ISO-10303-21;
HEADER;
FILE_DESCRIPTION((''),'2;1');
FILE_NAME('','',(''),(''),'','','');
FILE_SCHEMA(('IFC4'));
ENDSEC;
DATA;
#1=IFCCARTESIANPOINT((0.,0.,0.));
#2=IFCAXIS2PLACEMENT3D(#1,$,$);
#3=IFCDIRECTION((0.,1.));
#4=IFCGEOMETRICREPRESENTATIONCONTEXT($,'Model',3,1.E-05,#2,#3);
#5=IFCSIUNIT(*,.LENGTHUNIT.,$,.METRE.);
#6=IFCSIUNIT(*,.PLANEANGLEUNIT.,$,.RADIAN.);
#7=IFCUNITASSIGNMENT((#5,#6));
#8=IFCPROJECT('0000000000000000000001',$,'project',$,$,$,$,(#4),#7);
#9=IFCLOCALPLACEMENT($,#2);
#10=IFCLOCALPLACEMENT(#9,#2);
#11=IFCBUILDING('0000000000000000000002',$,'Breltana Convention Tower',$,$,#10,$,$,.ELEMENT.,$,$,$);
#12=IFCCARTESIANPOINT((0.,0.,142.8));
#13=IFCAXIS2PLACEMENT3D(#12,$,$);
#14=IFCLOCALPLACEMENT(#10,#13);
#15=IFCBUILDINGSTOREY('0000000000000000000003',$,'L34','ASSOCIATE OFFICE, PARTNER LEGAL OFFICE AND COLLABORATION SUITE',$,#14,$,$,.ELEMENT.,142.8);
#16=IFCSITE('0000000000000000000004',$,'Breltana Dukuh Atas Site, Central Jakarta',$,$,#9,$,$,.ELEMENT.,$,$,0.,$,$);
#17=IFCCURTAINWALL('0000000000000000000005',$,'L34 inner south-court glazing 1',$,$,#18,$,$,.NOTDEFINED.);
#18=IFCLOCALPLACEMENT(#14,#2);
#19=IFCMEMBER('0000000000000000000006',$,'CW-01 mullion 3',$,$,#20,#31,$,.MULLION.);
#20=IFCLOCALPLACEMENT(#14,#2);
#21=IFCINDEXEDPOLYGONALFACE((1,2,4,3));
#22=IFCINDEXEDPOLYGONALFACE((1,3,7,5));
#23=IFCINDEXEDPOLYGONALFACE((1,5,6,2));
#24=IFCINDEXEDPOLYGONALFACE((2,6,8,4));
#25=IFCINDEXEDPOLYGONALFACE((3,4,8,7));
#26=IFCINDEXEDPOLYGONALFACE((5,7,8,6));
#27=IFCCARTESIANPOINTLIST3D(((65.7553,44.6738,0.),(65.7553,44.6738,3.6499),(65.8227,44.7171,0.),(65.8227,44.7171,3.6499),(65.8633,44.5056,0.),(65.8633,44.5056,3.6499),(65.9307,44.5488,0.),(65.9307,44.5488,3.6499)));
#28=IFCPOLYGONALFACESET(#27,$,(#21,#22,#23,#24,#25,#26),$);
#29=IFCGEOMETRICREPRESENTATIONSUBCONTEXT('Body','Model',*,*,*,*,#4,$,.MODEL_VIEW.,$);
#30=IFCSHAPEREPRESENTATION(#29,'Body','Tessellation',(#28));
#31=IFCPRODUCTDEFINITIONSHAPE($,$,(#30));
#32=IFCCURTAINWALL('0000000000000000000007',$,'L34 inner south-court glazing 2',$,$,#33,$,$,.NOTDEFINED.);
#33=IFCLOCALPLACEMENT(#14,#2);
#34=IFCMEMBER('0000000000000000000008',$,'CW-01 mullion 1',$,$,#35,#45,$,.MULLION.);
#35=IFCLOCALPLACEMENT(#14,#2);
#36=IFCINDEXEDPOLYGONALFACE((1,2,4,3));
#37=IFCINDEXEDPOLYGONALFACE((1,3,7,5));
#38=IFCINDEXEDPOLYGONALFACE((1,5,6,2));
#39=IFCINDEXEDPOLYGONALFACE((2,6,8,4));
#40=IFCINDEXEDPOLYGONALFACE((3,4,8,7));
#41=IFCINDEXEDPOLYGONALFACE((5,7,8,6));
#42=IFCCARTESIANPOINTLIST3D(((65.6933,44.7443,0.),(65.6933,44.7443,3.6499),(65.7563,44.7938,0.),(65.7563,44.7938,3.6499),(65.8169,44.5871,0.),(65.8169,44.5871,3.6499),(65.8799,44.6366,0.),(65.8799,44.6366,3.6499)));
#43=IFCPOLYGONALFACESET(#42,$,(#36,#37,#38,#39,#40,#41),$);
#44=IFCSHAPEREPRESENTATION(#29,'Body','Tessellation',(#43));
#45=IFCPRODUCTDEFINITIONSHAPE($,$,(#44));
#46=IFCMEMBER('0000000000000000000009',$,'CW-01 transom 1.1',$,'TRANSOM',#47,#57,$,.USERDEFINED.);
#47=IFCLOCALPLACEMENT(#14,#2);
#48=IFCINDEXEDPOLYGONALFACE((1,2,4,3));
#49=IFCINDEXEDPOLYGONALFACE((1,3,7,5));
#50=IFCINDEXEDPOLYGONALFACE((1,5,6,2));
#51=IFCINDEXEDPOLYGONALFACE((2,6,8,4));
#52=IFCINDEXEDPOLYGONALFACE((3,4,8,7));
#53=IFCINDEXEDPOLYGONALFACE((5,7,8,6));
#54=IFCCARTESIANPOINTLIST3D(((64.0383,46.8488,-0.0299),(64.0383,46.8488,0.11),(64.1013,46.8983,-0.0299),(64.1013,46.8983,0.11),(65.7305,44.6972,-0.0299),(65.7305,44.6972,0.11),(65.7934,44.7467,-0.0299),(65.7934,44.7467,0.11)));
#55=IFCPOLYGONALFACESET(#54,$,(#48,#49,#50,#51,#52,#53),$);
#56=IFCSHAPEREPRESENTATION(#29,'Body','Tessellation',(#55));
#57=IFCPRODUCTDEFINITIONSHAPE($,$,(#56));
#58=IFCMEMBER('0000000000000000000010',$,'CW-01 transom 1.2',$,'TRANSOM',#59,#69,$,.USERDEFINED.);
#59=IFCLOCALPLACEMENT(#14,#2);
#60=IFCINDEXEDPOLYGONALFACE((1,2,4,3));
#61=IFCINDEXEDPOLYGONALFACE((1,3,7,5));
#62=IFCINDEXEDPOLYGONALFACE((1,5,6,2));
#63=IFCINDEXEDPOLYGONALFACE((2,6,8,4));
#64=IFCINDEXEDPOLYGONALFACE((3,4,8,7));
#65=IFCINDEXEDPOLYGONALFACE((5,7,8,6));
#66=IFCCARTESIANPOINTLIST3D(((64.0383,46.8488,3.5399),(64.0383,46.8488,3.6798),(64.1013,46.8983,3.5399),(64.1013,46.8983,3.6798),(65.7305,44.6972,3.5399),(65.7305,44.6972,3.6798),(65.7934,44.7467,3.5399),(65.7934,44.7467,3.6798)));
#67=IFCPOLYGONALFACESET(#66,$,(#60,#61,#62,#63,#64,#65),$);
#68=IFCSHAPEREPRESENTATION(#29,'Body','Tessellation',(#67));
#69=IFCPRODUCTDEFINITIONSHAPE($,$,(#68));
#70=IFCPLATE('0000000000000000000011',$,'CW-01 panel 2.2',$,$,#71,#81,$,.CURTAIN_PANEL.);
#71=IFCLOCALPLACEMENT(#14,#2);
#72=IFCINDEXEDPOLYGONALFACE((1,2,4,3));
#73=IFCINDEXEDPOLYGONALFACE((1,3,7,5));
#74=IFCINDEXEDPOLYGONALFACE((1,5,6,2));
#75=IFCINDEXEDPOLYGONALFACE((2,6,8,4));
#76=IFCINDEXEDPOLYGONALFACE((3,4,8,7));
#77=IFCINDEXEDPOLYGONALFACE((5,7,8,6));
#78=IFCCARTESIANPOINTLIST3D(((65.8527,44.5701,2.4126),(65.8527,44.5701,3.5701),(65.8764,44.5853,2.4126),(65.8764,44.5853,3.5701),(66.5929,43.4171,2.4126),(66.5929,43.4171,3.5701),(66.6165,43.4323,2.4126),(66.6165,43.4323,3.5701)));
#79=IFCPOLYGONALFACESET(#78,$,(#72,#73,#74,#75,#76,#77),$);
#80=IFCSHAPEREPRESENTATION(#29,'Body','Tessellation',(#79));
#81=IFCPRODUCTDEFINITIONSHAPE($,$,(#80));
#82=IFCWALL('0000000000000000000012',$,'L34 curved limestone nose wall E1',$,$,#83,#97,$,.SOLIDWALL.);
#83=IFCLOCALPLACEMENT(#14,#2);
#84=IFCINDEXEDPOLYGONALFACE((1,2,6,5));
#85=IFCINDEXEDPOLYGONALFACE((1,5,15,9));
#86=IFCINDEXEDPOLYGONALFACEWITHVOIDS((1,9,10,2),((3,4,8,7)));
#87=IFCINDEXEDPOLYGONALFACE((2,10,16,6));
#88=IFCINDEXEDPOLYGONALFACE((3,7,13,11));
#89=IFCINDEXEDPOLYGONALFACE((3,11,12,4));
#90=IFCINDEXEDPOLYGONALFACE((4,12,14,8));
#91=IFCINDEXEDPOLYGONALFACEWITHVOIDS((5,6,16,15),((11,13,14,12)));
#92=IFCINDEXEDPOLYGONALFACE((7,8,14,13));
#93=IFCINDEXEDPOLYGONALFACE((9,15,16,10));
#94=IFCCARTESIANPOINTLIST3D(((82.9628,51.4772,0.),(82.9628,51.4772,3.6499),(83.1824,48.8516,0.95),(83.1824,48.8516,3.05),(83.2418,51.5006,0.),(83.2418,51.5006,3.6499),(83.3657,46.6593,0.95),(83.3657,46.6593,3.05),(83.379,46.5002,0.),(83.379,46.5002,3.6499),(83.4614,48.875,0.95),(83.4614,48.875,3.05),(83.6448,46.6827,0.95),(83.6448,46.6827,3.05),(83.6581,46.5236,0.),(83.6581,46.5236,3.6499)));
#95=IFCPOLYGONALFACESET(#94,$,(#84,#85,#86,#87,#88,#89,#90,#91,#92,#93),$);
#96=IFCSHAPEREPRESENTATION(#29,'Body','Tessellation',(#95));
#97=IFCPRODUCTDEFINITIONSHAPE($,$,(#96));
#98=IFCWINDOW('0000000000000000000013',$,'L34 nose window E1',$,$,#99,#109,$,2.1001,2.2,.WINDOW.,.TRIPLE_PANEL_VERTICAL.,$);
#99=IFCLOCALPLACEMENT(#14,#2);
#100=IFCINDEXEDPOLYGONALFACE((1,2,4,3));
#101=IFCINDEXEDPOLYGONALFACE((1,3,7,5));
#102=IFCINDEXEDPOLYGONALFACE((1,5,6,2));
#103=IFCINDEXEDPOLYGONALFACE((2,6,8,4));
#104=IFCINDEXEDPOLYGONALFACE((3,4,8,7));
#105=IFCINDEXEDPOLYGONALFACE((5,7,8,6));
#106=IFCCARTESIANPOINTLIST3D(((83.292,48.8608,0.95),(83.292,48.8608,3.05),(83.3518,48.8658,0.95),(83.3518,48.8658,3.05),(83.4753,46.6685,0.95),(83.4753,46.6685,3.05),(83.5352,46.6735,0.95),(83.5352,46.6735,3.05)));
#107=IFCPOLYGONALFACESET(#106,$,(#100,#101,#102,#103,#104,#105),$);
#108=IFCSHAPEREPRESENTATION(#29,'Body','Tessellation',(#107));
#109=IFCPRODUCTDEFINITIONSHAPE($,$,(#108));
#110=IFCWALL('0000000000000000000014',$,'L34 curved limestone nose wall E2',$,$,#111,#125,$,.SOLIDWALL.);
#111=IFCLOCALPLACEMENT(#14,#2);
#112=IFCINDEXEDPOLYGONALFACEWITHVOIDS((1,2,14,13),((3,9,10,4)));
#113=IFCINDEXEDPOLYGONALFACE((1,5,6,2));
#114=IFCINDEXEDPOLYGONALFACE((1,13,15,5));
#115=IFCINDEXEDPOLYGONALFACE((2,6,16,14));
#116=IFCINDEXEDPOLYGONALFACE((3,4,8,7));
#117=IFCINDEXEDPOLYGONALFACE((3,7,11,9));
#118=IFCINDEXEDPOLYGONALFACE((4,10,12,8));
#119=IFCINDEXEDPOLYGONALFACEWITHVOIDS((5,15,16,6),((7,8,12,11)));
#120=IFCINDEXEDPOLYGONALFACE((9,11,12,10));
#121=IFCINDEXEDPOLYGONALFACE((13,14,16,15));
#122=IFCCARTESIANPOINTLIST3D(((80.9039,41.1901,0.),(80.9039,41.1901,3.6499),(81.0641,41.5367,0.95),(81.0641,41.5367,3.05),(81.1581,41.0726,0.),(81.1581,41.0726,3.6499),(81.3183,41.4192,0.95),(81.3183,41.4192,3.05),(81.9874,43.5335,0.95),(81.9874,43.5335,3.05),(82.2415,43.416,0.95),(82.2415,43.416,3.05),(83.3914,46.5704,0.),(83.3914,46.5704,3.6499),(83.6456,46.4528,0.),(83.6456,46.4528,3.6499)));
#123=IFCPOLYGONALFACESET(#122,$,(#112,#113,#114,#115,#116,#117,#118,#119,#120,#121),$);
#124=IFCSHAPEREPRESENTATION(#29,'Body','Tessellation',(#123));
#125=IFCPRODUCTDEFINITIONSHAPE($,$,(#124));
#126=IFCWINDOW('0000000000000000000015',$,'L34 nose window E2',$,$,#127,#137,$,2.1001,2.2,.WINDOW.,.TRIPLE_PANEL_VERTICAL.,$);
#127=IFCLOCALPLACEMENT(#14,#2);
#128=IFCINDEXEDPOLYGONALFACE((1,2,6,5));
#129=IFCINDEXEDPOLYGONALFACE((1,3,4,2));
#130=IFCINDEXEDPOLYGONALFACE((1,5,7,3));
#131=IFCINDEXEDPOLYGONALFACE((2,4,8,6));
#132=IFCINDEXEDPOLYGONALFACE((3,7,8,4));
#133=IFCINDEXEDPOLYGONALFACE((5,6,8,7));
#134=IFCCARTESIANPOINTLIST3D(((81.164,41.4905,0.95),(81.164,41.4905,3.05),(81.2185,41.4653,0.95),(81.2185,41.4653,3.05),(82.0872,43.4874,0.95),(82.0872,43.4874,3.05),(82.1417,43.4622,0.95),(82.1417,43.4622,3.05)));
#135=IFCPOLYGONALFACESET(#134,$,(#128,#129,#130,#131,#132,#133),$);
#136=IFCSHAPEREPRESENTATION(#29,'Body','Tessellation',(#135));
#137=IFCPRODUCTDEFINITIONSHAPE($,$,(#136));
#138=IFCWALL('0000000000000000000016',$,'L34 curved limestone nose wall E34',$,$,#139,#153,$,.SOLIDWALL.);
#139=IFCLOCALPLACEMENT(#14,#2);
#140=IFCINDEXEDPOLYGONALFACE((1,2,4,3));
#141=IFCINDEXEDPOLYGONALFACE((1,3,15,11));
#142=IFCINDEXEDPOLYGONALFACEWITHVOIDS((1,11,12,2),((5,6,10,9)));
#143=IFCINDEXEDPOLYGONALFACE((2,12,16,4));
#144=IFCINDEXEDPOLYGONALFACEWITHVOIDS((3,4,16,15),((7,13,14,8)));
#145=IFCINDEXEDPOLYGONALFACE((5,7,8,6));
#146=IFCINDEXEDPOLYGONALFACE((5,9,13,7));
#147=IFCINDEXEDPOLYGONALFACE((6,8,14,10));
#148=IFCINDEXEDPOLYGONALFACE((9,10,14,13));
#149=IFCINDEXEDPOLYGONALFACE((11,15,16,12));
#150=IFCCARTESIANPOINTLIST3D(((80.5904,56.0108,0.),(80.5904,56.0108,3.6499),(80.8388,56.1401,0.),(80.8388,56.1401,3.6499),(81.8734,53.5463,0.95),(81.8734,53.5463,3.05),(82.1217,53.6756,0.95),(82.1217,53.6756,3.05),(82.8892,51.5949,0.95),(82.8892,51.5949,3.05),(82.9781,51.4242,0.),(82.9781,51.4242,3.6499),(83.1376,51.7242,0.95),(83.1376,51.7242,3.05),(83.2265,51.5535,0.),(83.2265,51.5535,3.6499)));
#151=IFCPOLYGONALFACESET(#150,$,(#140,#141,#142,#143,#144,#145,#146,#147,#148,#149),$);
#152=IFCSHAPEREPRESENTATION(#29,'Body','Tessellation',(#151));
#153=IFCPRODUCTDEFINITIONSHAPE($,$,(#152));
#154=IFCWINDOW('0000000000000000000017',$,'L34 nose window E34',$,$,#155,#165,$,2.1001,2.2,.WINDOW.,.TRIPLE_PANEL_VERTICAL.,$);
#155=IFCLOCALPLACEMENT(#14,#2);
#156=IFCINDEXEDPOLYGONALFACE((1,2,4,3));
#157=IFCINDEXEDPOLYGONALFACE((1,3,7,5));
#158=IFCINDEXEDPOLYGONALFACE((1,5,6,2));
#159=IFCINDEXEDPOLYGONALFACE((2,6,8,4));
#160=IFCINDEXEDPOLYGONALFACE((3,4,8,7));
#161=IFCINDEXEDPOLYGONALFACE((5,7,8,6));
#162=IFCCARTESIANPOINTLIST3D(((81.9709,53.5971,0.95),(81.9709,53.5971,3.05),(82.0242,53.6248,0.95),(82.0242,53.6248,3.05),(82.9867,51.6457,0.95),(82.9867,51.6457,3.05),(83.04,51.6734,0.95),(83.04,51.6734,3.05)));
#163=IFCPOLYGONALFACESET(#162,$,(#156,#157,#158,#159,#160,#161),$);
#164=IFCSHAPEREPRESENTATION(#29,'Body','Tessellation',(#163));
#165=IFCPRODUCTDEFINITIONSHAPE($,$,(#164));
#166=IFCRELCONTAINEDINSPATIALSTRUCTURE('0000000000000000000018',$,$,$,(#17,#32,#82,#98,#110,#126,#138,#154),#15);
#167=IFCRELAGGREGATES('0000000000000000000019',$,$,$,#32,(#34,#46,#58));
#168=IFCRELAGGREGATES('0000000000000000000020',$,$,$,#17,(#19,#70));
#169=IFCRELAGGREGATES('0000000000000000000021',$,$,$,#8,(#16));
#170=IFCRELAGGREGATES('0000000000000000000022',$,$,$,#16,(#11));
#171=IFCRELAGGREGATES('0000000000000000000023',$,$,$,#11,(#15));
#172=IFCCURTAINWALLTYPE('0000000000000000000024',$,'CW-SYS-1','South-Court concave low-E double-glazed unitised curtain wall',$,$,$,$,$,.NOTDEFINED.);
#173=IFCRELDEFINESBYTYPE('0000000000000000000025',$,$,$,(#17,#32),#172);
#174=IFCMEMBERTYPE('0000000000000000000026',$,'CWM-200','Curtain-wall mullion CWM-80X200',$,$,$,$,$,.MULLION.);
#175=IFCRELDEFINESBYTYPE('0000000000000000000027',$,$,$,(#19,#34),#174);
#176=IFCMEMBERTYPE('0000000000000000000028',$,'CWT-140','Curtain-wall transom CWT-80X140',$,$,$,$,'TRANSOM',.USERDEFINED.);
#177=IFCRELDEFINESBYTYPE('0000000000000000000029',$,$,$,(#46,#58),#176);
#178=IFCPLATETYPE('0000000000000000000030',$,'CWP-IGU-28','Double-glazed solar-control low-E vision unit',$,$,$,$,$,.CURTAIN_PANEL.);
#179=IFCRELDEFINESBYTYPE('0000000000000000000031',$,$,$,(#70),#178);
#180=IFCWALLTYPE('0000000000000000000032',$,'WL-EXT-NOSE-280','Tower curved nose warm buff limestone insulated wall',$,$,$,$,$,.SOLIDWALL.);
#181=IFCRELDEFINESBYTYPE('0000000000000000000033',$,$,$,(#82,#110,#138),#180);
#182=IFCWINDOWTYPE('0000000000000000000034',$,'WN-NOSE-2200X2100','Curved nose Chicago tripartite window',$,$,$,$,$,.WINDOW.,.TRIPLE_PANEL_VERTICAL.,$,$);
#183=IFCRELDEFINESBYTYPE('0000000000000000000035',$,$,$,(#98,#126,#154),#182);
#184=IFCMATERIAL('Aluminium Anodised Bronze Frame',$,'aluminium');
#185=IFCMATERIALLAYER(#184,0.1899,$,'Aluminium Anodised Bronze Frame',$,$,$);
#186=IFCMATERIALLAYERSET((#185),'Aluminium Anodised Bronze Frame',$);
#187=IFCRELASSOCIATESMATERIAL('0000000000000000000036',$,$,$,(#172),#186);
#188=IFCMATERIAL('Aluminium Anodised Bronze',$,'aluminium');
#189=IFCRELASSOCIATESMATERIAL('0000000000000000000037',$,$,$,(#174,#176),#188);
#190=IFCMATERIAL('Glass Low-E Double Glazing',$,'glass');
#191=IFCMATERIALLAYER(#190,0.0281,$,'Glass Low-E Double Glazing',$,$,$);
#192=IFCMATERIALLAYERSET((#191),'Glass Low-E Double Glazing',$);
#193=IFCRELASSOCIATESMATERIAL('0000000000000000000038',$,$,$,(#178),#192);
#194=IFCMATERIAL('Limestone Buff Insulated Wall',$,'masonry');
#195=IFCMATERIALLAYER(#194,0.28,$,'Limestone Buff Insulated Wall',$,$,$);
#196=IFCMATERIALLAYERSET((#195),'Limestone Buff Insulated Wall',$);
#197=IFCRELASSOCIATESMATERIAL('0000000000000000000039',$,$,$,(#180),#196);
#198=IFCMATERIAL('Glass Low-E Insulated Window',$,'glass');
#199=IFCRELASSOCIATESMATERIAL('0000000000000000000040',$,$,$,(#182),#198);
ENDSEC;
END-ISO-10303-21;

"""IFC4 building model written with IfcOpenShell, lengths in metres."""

from ifc_helpers import new_model, si_unit, direction, frame, frame_2d, origin, origin_2d, place, context, subcontext, project, spatial, rectangle, extrude, source, transform, mapped, material, layer, layer_set, material_profile, profile_set, type_object, type_shapes, element, fill, aggregate, save


model = new_model("IFC4")

# Units and contexts
model_context = context("Model", 3, precision=1e-05, world=origin(), true_north=direction((0.0, 1.0)))
body_context = subcontext(model_context, "Body", "Model", "MODEL_VIEW")
ifc_project = project(units=[si_unit("LENGTHUNIT", "METRE"), si_unit("PLANEANGLEUNIT", "RADIAN")], contexts=[model_context])

# Site, building, storey
site_placement = place(None, origin())
site = spatial("IfcSite", under=ifc_project, at=site_placement, Name="Breltana Dukuh Atas Site, Central Jakarta", CompositionType="ELEMENT", RefElevation=0.0)
building_placement = place(site_placement, origin())
building = spatial("IfcBuilding", under=site, at=building_placement, Name="Breltana Convention Tower", CompositionType="ELEMENT")
storey_placement = place(building_placement, frame((0.0, 0.0, 142.8)))
storey = spatial("IfcBuildingStorey", under=building, at=storey_placement, Name="L34", Description="ASSOCIATE OFFICE, PARTNER LEGAL OFFICE AND COLLABORATION SUITE", CompositionType="ELEMENT", Elevation=142.8)

# Curtain wall, member
ifc_material_1 = material(Name="Aluminium Anodised Bronze Frame", Category="aluminium")
ifc_layer_1 = layer(ifc_material_1, 0.1899, Name="Aluminium Anodised Bronze Frame")
ifc_layer_set_1 = layer_set([ifc_layer_1], Name="Aluminium Anodised Bronze Frame")
curtain_wall_type = type_object("IfcCurtainWallType", Name="CW-SYS-1", Description="South-Court concave low-E double-glazed unitised curtain wall", PredefinedType="NOTDEFINED", material=ifc_layer_set_1)
curtain_wall_1_placement = place(storey_placement, origin())
curtain_wall_1 = element("IfcCurtainWall", 1, at=curtain_wall_1_placement, inside=storey, type_object=curtain_wall_type, Name="L34 inner south-court glazing 1", PredefinedType="NOTDEFINED")
ifc_material_2 = material(Name="Aluminium Anodised Bronze", Category="aluminium")
ifc_material_profile_1 = material_profile(ifc_material_2, rectangle(XDim=0.0801, YDim=0.2, at=origin_2d()), Name="CWM-80X200")
ifc_profile_set_1 = profile_set([ifc_material_profile_1], Name="Aluminium Anodised Bronze")
member_type_1 = type_object("IfcMemberType", Name="CWM-200", Description="Curtain-wall mullion CWM-80X200", PredefinedType="MULLION", material=ifc_profile_set_1)
shared_shape_1 = source(origin(), body_context, "Body", "SweptSolid", [
    extrude(rectangle(XDim=0.0801, YDim=0.2, at=origin_2d()), origin(), (0.0, 0.0, 1.0), 3.6499),
])
member_1_placement = place(storey_placement, frame((65.843, 44.6113, 0.0), z_axis=(0.0, 0.0, 1.0), x_axis=(-0.841547, -0.540184, 0.0)))
member_1 = element("IfcMember", 2, at=member_1_placement, type_object=member_type_1, Name="CW-01 mullion 3", PredefinedType="MULLION", context=body_context, shape_type="MappedRepresentation", body=[
    mapped(shared_shape_1, transform((0.0, 0.0, 0.0), scale=1.0)),
])

# Curtain wall, members
curtain_wall_2_placement = place(storey_placement, origin())
curtain_wall_2 = element("IfcCurtainWall", 3, at=curtain_wall_2_placement, inside=storey, type_object=curtain_wall_type, Name="L34 inner south-court glazing 2", PredefinedType="NOTDEFINED")
member_2_placement = place(storey_placement, frame((65.7866, 44.6904, 0.0), z_axis=(0.0, 0.0, 1.0), x_axis=(-0.786051, -0.618161, 0.0)))
member_2 = element("IfcMember", 4, at=member_2_placement, type_object=member_type_1, Name="CW-01 mullion 1", PredefinedType="MULLION", context=body_context, shape_type="MappedRepresentation", body=[
    mapped(shared_shape_1, transform((0.0, 0.0, 0.0), scale=1.0)),
])
ifc_material_profile_2 = material_profile(ifc_material_2, rectangle(XDim=0.0801, YDim=0.1399, at=origin_2d()), Name="CWT-80X140")
ifc_profile_set_2 = profile_set([ifc_material_profile_2], Name="Aluminium Anodised Bronze")
member_type_2 = type_object("IfcMemberType", Name="CWT-140", Description="Curtain-wall transom CWT-80X140", ElementType="TRANSOM", PredefinedType="USERDEFINED", material=ifc_profile_set_2)
shared_shape_2 = source(origin(), body_context, "Body", "SweptSolid", [
    extrude(rectangle(XDim=0.0801, YDim=0.1399, at=origin_2d()), origin(), (0.0, 0.0, 1.0), 2.7373),
])
member_3_placement = place(storey_placement, frame((65.762, 44.7219, 0.04), z_axis=(-0.61818, 0.786037, 0.0), x_axis=(-0.786037, -0.61818, 0.0)))
member_3 = element("IfcMember", 5, at=member_3_placement, type_object=member_type_2, Name="CW-01 transom 1.1", ObjectType="TRANSOM", PredefinedType="USERDEFINED", context=body_context, shape_type="MappedRepresentation", body=[
    mapped(shared_shape_2, transform((0.0, 0.0, 0.0), scale=1.0)),
])
member_4_placement = place(storey_placement, frame((65.762, 44.7219, 3.6099), z_axis=(-0.61818, 0.786037, 0.0), x_axis=(-0.786037, -0.61818, 0.0)))
member_4 = element("IfcMember", 6, at=member_4_placement, type_object=member_type_2, Name="CW-01 transom 1.2", ObjectType="TRANSOM", PredefinedType="USERDEFINED", context=body_context, shape_type="MappedRepresentation", body=[
    mapped(shared_shape_2, transform((0.0, 0.0, 0.0), scale=1.0)),
])
aggregate(curtain_wall_2, [member_2, member_3, member_4])

# Plate
ifc_material_3 = material(Name="Glass Low-E Double Glazing", Category="glass")
ifc_layer_2 = layer(ifc_material_3, 0.0281, Name="Glass Low-E Double Glazing")
ifc_layer_set_2 = layer_set([ifc_layer_2], Name="Glass Low-E Double Glazing")
plate_type = type_object("IfcPlateType", Name="CWP-IGU-28", Description="Double-glazed solar-control low-E vision unit", PredefinedType="CURTAIN_PANEL", material=ifc_layer_set_2)
shared_shape_3 = source(origin(), body_context, "Body", "SweptSolid", [
    extrude(rectangle(XDim=1.3701, YDim=0.0281, at=origin_2d()), origin(), (0.0, 0.0, 1.0), 1.1575),
])
plate_placement = place(storey_placement, frame((66.2346, 44.0012, 2.4126), z_axis=(0.0, 0.0, 1.0), x_axis=(-0.540184, 0.841547, 0.0)))
plate = element("IfcPlate", 7, at=plate_placement, type_object=plate_type, Name="CW-01 panel 2.2", PredefinedType="CURTAIN_PANEL", context=body_context, shape_type="MappedRepresentation", body=[
    mapped(shared_shape_3, transform((0.0, 0.0, 0.0), scale=1.0)),
])
aggregate(curtain_wall_1, [member_1, plate])

# Walls, openings, windows
ifc_material_4 = material(Name="Limestone Buff Insulated Wall", Category="masonry")
ifc_layer_3 = layer(ifc_material_4, 0.28, Name="Limestone Buff Insulated Wall")
ifc_layer_set_3 = layer_set([ifc_layer_3], Name="Limestone Buff Insulated Wall")
wall_type_1 = type_object("IfcWallType", Name="WL-EXT-NOSE-280", Description="Tower curved nose warm buff limestone insulated wall", PredefinedType="SOLIDWALL", material=ifc_layer_set_3)
shared_shape_4 = source(origin(), body_context, "Body", "SweptSolid", [
    extrude(rectangle(XDim=4.9944, YDim=0.28, at=frame_2d((2.4971, 0.0))), origin(), (0.0, 0.0, 1.0), 3.6499),
])
wall_1_placement = place(storey_placement, frame((83.1023, 51.4888, 0.0), z_axis=(0.0, 0.0, 1.0), x_axis=(0.083345, -0.996521, 0.0)))
wall_1 = element("IfcWall", 8, at=wall_1_placement, inside=storey, type_object=wall_type_1, Name="L34 curved limestone nose wall E1", PredefinedType="SOLIDWALL", context=body_context, shape_type="MappedRepresentation", body=[
    mapped(shared_shape_4, transform((0.0, 0.0, 0.0), scale=1.0)),
])
opening_1_placement = place(wall_1_placement, frame((2.6345, 0.0, 0.95)))
opening_1 = element("IfcOpeningElement", 9, at=opening_1_placement, cuts=wall_1, PredefinedType="OPENING", context=body_context, shape_type="SweptSolid", body=[
    extrude(rectangle(XDim=2.2, YDim=2.1001, at=frame_2d((1.1001, 1.05))), frame((0.0, 0.1499, 0.0), z_axis=(0.0, -1.0, 0.0), x_axis=(1.0, 0.0, 0.0)), (0.0, 0.0, 1.0), 0.3),
])
ifc_material_5 = material(Name="Glass Low-E Insulated Window", Category="glass")
window_type = type_object("IfcWindowType", Name="WN-NOSE-2200X2100", Description="Curved nose Chicago tripartite window", PartitioningType="TRIPLE_PANEL_VERTICAL", PredefinedType="WINDOW", material=ifc_material_5)
shared_shape_5 = source(origin(), body_context, "Body", "SweptSolid", [
    extrude(rectangle(XDim=2.2, YDim=2.1001, at=frame_2d((1.1001, 1.05))), frame((0.0, 0.03, 0.0), z_axis=(0.0, -1.0, 0.0), x_axis=(1.0, 0.0, 0.0)), (0.0, 0.0, 1.0), 0.0601),
])
type_shapes(window_type, [shared_shape_5])
window_1_placement = place(opening_1_placement, origin())
window_1 = element("IfcWindow", 10, at=window_1_placement, inside=storey, type_object=window_type, Name="L34 nose window E1", OverallHeight=2.1001, OverallWidth=2.2, PartitioningType="TRIPLE_PANEL_VERTICAL", PredefinedType="WINDOW", context=body_context, shape_type="MappedRepresentation", body=[
    mapped(shared_shape_5, transform((0.0, 0.0, 0.0), scale=1.0)),
])
fill(opening_1, window_1)
shared_shape_6 = source(origin(), body_context, "Body", "SweptSolid", [
    extrude(rectangle(XDim=5.9275, YDim=0.28, at=frame_2d((2.9639, 0.0))), origin(), (0.0, 0.0, 1.0), 3.6499),
])
wall_2_placement = place(storey_placement, frame((83.5186, 46.5117, 0.0), z_axis=(0.0, 0.0, 1.0), x_axis=(-0.419656, -0.907683, 0.0)))
wall_2 = element("IfcWall", 11, at=wall_2_placement, inside=storey, type_object=wall_type_1, Name="L34 curved limestone nose wall E2", PredefinedType="SOLIDWALL", context=body_context, shape_type="MappedRepresentation", body=[
    mapped(shared_shape_6, transform((0.0, 0.0, 0.0), scale=1.0)),
])
opening_2_placement = place(wall_2_placement, frame((3.3457, 0.0, 0.95)))
opening_2 = element("IfcOpeningElement", 12, at=opening_2_placement, cuts=wall_2, PredefinedType="OPENING", context=body_context, shape_type="SweptSolid", body=[
    extrude(rectangle(XDim=2.2, YDim=2.1001, at=frame_2d((1.1001, 1.05))), frame((0.0, 0.1499, 0.0), z_axis=(0.0, -1.0, 0.0), x_axis=(1.0, 0.0, 0.0)), (0.0, 0.0, 1.0), 0.3),
])
window_2_placement = place(opening_2_placement, origin())
window_2 = element("IfcWindow", 13, at=window_2_placement, inside=storey, type_object=window_type, Name="L34 nose window E2", OverallHeight=2.1001, OverallWidth=2.2, PartitioningType="TRIPLE_PANEL_VERTICAL", PredefinedType="WINDOW", context=body_context, shape_type="MappedRepresentation", body=[
    mapped(shared_shape_5, transform((0.0, 0.0, 0.0), scale=1.0)),
])
fill(opening_2, window_2)
shared_shape_7 = source(origin(), body_context, "Body", "SweptSolid", [
    extrude(rectangle(XDim=5.1709, YDim=0.28, at=frame_2d((2.5854, 0.0))), origin(), (0.0, 0.0, 1.0), 3.6499),
])
wall_3_placement = place(storey_placement, frame((80.7146, 56.0754, 0.0), z_axis=(0.0, 0.0, 1.0), x_axis=(0.461753, -0.887009, 0.0)))
wall_3 = element("IfcWall", 14, at=wall_3_placement, inside=storey, type_object=wall_type_1, Name="L34 curved limestone nose wall E34", PredefinedType="SOLIDWALL", context=body_context, shape_type="MappedRepresentation", body=[
    mapped(shared_shape_7, transform((0.0, 0.0, 0.0), scale=1.0)),
])
opening_3_placement = place(wall_3_placement, frame((2.7783, 0.0, 0.95)))
opening_3 = element("IfcOpeningElement", 15, at=opening_3_placement, cuts=wall_3, PredefinedType="OPENING", context=body_context, shape_type="SweptSolid", body=[
    extrude(rectangle(XDim=2.2, YDim=2.1001, at=frame_2d((1.1001, 1.05))), frame((0.0, 0.1499, 0.0), z_axis=(0.0, -1.0, 0.0), x_axis=(1.0, 0.0, 0.0)), (0.0, 0.0, 1.0), 0.3),
])
window_3_placement = place(opening_3_placement, origin())
window_3 = element("IfcWindow", 16, at=window_3_placement, inside=storey, type_object=window_type, Name="L34 nose window E34", OverallHeight=2.1001, OverallWidth=2.2, PartitioningType="TRIPLE_PANEL_VERTICAL", PredefinedType="WINDOW", context=body_context, shape_type="MappedRepresentation", body=[
    mapped(shared_shape_5, transform((0.0, 0.0, 0.0), scale=1.0)),
])
fill(opening_3, window_3)

save(model, "model.ifc")
